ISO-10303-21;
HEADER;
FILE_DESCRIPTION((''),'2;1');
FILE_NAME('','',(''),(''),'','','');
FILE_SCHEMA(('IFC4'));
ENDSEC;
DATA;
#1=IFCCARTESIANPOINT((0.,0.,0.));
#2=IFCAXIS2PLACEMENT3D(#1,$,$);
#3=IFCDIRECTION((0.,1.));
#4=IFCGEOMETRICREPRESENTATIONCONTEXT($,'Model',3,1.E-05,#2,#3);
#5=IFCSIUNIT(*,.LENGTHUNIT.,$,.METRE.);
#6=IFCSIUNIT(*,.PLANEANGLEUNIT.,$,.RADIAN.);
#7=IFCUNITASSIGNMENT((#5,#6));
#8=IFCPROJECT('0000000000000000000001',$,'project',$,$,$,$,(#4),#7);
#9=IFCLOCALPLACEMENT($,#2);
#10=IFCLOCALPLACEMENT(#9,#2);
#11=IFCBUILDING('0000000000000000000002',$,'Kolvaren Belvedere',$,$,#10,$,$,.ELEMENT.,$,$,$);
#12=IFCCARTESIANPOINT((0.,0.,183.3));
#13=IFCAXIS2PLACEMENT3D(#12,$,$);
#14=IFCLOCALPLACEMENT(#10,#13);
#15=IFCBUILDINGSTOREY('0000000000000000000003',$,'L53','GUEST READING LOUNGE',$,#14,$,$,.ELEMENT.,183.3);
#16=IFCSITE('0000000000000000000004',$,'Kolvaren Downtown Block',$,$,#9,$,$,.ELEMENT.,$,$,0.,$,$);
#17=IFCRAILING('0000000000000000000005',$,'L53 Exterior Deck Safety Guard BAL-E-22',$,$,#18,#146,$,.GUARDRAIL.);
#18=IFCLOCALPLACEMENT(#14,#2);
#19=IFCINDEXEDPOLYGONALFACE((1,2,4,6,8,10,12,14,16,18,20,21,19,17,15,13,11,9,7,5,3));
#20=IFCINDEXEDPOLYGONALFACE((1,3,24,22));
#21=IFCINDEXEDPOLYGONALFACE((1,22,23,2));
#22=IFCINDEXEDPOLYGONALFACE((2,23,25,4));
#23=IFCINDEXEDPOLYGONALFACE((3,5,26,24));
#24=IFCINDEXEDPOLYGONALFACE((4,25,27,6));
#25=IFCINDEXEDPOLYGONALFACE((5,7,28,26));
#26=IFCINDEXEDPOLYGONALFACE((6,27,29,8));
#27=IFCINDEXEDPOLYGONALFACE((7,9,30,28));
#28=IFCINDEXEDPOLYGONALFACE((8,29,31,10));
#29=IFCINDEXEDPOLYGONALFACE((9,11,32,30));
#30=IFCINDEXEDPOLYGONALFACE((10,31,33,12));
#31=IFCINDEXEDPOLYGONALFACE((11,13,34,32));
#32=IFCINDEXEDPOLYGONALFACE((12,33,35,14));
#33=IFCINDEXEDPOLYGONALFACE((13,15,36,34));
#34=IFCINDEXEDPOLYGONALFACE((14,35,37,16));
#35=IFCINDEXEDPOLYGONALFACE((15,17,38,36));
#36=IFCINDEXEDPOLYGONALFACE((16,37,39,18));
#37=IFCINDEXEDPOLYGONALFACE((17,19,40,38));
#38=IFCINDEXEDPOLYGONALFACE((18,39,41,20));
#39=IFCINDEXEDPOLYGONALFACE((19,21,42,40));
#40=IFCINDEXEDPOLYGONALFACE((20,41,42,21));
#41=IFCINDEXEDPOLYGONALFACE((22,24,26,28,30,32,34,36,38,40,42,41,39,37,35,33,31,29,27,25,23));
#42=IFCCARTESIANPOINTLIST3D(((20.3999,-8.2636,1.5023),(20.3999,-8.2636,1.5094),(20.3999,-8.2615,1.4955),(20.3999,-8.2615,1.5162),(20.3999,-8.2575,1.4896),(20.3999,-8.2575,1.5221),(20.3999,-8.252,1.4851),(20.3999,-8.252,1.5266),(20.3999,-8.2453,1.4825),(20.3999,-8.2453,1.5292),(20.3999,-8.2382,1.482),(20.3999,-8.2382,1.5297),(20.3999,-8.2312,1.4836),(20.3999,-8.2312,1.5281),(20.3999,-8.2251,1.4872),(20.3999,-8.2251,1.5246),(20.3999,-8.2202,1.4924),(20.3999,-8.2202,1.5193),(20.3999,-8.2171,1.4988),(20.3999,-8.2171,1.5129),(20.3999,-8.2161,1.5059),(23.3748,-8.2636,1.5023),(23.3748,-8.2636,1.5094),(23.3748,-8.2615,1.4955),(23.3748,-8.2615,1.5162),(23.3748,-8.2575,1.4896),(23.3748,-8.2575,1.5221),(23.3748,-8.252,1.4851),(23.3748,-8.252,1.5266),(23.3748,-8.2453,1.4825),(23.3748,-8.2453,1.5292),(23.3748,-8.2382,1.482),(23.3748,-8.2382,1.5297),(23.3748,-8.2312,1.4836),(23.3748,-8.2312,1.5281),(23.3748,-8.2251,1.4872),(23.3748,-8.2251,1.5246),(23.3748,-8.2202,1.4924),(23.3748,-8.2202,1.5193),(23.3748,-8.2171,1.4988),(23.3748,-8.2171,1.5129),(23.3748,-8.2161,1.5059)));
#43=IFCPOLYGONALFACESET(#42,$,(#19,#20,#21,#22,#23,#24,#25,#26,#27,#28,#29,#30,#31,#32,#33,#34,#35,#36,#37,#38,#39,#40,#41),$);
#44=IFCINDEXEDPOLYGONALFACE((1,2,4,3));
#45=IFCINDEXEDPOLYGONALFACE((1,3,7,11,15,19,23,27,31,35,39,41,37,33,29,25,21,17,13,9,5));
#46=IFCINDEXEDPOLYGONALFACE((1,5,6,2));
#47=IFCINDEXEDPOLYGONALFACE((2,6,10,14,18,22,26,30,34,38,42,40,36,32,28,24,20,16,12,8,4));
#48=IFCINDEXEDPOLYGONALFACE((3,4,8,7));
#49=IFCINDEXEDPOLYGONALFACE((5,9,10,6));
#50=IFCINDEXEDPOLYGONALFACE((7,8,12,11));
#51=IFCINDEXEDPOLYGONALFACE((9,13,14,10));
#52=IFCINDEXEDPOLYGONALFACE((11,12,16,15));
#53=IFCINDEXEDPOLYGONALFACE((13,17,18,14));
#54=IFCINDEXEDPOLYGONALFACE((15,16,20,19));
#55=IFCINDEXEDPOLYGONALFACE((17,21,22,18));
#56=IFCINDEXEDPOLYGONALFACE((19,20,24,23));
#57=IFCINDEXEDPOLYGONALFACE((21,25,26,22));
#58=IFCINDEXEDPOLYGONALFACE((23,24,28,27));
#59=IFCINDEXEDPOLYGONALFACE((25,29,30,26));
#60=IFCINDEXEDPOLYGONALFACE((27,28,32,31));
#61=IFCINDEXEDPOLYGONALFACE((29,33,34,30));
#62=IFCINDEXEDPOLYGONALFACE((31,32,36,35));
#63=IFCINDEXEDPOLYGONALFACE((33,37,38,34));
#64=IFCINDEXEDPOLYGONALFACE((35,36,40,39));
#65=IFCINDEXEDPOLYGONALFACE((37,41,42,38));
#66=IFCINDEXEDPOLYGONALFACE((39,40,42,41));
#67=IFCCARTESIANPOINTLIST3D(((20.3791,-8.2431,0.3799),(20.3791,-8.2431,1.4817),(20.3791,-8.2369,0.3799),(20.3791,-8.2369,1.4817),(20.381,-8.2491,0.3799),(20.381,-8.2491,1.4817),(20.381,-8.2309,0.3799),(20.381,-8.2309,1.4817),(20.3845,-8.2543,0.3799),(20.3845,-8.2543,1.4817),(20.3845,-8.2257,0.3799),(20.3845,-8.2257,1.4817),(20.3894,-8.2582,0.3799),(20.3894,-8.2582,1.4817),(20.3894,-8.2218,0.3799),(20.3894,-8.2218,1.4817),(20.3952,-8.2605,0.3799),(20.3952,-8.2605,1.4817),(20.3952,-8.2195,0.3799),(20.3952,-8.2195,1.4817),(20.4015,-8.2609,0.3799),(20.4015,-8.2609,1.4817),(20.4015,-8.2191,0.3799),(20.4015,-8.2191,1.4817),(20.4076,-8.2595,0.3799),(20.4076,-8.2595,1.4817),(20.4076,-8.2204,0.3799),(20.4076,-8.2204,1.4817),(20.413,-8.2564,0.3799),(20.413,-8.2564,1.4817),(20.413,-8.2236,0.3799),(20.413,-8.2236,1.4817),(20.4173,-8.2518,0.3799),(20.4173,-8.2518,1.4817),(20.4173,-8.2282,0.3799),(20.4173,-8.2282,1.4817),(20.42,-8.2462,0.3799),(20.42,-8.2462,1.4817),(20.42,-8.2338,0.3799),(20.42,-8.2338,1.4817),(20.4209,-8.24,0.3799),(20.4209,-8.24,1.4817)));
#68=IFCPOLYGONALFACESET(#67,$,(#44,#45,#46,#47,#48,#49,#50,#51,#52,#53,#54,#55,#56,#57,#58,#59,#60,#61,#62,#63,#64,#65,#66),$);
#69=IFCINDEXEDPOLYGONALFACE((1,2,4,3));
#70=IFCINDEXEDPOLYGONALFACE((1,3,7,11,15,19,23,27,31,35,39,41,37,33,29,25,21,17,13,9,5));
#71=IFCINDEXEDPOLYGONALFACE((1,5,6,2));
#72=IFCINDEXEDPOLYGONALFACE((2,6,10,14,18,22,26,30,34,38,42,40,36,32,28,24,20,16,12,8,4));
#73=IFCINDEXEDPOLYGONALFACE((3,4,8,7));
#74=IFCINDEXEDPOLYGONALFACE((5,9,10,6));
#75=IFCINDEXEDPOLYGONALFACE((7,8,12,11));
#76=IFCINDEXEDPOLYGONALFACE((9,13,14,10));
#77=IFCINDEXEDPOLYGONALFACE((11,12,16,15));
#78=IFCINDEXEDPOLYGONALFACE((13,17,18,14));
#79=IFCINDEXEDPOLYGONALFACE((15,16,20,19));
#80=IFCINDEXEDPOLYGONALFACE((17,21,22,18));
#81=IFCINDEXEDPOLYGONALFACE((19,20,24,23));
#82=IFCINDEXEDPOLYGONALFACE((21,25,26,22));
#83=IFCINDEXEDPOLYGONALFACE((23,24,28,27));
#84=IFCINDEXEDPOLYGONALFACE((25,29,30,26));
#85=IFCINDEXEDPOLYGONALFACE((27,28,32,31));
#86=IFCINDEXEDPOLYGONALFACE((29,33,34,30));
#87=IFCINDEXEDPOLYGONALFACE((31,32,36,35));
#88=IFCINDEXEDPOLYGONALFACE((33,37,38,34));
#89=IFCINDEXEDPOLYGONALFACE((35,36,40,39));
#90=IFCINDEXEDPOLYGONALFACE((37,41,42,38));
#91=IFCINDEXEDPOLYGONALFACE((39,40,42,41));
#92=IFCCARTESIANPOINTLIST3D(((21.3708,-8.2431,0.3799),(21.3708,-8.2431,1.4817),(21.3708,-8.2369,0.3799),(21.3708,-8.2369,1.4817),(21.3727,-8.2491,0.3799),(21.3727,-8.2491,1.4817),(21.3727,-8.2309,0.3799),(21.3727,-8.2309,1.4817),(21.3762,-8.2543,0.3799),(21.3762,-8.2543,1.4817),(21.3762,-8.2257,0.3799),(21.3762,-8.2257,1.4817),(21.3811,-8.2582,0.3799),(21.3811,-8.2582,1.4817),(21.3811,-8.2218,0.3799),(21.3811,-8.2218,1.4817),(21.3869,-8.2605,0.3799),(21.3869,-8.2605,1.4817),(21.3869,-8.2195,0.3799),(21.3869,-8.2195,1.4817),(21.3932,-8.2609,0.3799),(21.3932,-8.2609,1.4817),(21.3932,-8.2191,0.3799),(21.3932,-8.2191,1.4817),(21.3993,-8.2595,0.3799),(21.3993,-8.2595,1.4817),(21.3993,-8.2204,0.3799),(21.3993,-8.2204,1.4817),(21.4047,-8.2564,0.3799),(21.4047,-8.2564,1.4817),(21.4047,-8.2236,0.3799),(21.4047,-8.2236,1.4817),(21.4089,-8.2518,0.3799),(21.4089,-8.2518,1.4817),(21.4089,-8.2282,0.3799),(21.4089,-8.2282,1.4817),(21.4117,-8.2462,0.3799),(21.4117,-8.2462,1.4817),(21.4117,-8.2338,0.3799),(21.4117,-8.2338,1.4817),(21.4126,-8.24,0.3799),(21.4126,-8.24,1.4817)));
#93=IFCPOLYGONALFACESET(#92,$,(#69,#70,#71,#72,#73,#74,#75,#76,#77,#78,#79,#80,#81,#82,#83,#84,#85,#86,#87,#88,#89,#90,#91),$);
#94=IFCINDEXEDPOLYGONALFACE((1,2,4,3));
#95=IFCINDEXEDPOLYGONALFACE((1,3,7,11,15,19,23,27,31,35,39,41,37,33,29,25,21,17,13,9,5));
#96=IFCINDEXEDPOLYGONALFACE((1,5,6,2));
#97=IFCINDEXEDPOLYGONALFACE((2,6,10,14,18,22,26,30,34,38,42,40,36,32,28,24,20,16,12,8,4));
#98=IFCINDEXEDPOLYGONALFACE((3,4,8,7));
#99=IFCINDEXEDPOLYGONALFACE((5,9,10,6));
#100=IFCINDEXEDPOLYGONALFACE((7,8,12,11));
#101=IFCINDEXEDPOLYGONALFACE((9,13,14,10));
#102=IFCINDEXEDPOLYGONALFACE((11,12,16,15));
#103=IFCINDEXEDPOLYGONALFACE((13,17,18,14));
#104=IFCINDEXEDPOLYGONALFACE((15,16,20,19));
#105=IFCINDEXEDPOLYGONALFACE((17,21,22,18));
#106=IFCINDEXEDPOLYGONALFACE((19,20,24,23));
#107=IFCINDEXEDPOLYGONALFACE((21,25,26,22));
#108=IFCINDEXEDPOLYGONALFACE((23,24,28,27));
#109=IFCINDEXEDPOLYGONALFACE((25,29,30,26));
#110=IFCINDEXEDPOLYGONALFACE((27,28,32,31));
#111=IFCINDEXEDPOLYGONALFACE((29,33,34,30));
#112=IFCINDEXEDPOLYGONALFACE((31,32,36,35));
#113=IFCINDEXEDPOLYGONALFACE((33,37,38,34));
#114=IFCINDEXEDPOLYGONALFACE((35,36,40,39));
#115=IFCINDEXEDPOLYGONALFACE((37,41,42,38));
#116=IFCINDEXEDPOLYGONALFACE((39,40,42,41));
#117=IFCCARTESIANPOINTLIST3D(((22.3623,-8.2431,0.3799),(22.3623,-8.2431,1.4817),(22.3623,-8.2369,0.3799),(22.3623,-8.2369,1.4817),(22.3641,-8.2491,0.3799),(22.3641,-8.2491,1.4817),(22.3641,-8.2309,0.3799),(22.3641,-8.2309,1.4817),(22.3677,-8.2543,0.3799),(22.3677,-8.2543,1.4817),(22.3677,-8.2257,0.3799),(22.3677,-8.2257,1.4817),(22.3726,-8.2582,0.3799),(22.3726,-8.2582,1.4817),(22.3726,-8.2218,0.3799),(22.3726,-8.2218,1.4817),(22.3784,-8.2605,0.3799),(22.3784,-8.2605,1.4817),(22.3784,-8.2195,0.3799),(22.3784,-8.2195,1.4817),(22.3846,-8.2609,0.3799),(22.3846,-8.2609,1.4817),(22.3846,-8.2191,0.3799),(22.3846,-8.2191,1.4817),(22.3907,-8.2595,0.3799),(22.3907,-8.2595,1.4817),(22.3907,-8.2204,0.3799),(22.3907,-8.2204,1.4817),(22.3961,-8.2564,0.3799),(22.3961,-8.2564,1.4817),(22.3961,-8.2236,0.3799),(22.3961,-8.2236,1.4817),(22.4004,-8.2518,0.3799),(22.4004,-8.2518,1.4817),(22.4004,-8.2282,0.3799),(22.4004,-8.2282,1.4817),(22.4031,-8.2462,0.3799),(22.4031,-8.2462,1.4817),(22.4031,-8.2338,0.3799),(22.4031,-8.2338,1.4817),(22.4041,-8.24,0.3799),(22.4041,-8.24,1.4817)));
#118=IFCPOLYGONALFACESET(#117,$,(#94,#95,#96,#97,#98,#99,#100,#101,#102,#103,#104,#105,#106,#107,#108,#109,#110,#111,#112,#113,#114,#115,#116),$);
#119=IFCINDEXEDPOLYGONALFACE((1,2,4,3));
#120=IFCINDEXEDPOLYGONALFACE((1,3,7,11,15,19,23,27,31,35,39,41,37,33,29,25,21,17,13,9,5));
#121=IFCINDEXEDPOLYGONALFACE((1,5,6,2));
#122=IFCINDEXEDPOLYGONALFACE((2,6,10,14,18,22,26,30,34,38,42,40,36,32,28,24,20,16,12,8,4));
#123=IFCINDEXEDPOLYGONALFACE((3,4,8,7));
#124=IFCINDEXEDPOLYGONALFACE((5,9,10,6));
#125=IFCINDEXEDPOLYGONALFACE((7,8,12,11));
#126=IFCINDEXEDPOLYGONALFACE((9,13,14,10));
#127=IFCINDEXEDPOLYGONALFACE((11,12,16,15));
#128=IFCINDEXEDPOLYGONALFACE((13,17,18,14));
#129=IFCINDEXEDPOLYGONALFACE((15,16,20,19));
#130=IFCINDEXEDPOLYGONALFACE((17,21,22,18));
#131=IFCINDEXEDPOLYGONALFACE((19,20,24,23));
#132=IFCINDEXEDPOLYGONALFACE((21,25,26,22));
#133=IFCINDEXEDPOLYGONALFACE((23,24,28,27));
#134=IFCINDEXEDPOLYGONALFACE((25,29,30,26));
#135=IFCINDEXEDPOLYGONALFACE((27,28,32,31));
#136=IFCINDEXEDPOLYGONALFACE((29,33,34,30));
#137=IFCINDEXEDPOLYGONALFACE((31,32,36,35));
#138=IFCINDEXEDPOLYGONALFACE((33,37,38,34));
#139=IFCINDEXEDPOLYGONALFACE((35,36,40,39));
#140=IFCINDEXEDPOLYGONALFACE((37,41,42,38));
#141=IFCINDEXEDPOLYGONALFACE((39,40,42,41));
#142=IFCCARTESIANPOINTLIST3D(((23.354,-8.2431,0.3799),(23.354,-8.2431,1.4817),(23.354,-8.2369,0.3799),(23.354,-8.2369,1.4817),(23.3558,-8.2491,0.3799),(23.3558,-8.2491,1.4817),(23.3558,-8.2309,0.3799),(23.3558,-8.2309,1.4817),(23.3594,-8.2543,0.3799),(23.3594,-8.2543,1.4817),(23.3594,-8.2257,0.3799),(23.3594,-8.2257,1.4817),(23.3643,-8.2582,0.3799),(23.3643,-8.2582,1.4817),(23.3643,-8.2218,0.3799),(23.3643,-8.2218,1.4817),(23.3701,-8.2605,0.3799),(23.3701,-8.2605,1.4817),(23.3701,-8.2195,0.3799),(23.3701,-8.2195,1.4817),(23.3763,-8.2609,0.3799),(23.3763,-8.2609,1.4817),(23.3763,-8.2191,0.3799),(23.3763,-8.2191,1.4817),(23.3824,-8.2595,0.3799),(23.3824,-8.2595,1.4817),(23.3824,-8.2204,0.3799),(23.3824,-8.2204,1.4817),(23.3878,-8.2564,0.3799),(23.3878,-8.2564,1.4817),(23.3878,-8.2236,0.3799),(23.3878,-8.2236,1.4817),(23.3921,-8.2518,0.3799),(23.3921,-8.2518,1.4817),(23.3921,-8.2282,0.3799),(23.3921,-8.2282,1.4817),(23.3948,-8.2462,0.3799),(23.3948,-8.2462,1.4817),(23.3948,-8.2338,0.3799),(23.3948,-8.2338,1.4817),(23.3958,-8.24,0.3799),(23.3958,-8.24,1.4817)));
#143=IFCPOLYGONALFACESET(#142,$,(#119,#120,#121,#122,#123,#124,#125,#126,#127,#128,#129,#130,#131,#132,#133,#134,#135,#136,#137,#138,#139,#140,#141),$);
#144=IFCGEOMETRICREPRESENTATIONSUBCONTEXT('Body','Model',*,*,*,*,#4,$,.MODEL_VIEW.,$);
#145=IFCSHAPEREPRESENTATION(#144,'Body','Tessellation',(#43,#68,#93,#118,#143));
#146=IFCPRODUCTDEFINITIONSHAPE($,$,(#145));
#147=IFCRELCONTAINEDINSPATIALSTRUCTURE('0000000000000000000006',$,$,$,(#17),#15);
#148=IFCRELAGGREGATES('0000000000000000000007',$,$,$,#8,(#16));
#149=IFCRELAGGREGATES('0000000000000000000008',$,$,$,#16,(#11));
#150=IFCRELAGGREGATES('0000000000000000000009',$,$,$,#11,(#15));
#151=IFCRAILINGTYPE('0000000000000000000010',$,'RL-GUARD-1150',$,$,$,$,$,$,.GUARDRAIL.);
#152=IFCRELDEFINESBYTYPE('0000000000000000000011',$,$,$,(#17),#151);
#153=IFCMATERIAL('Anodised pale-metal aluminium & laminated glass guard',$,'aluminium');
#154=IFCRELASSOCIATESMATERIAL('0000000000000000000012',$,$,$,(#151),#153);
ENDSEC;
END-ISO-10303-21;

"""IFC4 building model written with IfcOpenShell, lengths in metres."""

from ifc_helpers import new_model, si_unit, direction, frame, origin, origin_2d, place, context, subcontext, project, spatial, circle, extrude, material, type_object, element, save


model = new_model("IFC4")

# Units and contexts
model_context = context("Model", 3, precision=1e-05, world=origin(), true_north=direction((0.0, 1.0)))
body_context = subcontext(model_context, "Body", "Model", "MODEL_VIEW")
ifc_project = project(units=[si_unit("LENGTHUNIT", "METRE"), si_unit("PLANEANGLEUNIT", "RADIAN")], contexts=[model_context])

# Site, building, storey
site_placement = place(None, origin())
site = spatial("IfcSite", under=ifc_project, at=site_placement, Name="Kolvaren Downtown Block", CompositionType="ELEMENT", RefElevation=0.0)
building_placement = place(site_placement, origin())
building = spatial("IfcBuilding", under=site, at=building_placement, Name="Kolvaren Belvedere", CompositionType="ELEMENT")
storey_placement = place(building_placement, frame((0.0, 0.0, 183.3)))
storey = spatial("IfcBuildingStorey", under=building, at=storey_placement, Name="L53", Description="GUEST READING LOUNGE", CompositionType="ELEMENT", Elevation=183.3)

# Railing
ifc_material_1 = material(Name="Anodised pale-metal aluminium & laminated glass guard", Category="aluminium")
railing_type = type_object("IfcRailingType", Name="RL-GUARD-1150", PredefinedType="GUARDRAIL", material=ifc_material_1)
railing_1_placement = place(storey_placement, frame((20.3999, -8.24, 0.3799)))
element("IfcRailing", 1, at=railing_1_placement, inside=storey, type_object=railing_type, Name="L53 Exterior Deck Safety Guard BAL-E-22", PredefinedType="GUARDRAIL", context=body_context, shape_type="SweptSolid", body=[
    extrude(circle(Radius=0.0239, at=origin_2d()), frame((0.0, 0.0, 1.126), z_axis=(1.0, 0.0, 0.0), x_axis=(0.0, 1.0, 0.0)), (0.0, 0.0, 1.0), 2.9749),
    extrude(circle(Radius=0.021, at=origin_2d()), origin(), (0.0, 0.0, 1.0), 1.1018),
    extrude(circle(Radius=0.021, at=origin_2d()), frame((0.9917, 0.0, 0.0)), (0.0, 0.0, 1.0), 1.1018),
    extrude(circle(Radius=0.021, at=origin_2d()), frame((1.9832, 0.0, 0.0)), (0.0, 0.0, 1.0), 1.1018),
    extrude(circle(Radius=0.021, at=origin_2d()), frame((2.9749, 0.0, 0.0)), (0.0, 0.0, 1.0), 1.1018),
])

save(model, "model.ifc")
